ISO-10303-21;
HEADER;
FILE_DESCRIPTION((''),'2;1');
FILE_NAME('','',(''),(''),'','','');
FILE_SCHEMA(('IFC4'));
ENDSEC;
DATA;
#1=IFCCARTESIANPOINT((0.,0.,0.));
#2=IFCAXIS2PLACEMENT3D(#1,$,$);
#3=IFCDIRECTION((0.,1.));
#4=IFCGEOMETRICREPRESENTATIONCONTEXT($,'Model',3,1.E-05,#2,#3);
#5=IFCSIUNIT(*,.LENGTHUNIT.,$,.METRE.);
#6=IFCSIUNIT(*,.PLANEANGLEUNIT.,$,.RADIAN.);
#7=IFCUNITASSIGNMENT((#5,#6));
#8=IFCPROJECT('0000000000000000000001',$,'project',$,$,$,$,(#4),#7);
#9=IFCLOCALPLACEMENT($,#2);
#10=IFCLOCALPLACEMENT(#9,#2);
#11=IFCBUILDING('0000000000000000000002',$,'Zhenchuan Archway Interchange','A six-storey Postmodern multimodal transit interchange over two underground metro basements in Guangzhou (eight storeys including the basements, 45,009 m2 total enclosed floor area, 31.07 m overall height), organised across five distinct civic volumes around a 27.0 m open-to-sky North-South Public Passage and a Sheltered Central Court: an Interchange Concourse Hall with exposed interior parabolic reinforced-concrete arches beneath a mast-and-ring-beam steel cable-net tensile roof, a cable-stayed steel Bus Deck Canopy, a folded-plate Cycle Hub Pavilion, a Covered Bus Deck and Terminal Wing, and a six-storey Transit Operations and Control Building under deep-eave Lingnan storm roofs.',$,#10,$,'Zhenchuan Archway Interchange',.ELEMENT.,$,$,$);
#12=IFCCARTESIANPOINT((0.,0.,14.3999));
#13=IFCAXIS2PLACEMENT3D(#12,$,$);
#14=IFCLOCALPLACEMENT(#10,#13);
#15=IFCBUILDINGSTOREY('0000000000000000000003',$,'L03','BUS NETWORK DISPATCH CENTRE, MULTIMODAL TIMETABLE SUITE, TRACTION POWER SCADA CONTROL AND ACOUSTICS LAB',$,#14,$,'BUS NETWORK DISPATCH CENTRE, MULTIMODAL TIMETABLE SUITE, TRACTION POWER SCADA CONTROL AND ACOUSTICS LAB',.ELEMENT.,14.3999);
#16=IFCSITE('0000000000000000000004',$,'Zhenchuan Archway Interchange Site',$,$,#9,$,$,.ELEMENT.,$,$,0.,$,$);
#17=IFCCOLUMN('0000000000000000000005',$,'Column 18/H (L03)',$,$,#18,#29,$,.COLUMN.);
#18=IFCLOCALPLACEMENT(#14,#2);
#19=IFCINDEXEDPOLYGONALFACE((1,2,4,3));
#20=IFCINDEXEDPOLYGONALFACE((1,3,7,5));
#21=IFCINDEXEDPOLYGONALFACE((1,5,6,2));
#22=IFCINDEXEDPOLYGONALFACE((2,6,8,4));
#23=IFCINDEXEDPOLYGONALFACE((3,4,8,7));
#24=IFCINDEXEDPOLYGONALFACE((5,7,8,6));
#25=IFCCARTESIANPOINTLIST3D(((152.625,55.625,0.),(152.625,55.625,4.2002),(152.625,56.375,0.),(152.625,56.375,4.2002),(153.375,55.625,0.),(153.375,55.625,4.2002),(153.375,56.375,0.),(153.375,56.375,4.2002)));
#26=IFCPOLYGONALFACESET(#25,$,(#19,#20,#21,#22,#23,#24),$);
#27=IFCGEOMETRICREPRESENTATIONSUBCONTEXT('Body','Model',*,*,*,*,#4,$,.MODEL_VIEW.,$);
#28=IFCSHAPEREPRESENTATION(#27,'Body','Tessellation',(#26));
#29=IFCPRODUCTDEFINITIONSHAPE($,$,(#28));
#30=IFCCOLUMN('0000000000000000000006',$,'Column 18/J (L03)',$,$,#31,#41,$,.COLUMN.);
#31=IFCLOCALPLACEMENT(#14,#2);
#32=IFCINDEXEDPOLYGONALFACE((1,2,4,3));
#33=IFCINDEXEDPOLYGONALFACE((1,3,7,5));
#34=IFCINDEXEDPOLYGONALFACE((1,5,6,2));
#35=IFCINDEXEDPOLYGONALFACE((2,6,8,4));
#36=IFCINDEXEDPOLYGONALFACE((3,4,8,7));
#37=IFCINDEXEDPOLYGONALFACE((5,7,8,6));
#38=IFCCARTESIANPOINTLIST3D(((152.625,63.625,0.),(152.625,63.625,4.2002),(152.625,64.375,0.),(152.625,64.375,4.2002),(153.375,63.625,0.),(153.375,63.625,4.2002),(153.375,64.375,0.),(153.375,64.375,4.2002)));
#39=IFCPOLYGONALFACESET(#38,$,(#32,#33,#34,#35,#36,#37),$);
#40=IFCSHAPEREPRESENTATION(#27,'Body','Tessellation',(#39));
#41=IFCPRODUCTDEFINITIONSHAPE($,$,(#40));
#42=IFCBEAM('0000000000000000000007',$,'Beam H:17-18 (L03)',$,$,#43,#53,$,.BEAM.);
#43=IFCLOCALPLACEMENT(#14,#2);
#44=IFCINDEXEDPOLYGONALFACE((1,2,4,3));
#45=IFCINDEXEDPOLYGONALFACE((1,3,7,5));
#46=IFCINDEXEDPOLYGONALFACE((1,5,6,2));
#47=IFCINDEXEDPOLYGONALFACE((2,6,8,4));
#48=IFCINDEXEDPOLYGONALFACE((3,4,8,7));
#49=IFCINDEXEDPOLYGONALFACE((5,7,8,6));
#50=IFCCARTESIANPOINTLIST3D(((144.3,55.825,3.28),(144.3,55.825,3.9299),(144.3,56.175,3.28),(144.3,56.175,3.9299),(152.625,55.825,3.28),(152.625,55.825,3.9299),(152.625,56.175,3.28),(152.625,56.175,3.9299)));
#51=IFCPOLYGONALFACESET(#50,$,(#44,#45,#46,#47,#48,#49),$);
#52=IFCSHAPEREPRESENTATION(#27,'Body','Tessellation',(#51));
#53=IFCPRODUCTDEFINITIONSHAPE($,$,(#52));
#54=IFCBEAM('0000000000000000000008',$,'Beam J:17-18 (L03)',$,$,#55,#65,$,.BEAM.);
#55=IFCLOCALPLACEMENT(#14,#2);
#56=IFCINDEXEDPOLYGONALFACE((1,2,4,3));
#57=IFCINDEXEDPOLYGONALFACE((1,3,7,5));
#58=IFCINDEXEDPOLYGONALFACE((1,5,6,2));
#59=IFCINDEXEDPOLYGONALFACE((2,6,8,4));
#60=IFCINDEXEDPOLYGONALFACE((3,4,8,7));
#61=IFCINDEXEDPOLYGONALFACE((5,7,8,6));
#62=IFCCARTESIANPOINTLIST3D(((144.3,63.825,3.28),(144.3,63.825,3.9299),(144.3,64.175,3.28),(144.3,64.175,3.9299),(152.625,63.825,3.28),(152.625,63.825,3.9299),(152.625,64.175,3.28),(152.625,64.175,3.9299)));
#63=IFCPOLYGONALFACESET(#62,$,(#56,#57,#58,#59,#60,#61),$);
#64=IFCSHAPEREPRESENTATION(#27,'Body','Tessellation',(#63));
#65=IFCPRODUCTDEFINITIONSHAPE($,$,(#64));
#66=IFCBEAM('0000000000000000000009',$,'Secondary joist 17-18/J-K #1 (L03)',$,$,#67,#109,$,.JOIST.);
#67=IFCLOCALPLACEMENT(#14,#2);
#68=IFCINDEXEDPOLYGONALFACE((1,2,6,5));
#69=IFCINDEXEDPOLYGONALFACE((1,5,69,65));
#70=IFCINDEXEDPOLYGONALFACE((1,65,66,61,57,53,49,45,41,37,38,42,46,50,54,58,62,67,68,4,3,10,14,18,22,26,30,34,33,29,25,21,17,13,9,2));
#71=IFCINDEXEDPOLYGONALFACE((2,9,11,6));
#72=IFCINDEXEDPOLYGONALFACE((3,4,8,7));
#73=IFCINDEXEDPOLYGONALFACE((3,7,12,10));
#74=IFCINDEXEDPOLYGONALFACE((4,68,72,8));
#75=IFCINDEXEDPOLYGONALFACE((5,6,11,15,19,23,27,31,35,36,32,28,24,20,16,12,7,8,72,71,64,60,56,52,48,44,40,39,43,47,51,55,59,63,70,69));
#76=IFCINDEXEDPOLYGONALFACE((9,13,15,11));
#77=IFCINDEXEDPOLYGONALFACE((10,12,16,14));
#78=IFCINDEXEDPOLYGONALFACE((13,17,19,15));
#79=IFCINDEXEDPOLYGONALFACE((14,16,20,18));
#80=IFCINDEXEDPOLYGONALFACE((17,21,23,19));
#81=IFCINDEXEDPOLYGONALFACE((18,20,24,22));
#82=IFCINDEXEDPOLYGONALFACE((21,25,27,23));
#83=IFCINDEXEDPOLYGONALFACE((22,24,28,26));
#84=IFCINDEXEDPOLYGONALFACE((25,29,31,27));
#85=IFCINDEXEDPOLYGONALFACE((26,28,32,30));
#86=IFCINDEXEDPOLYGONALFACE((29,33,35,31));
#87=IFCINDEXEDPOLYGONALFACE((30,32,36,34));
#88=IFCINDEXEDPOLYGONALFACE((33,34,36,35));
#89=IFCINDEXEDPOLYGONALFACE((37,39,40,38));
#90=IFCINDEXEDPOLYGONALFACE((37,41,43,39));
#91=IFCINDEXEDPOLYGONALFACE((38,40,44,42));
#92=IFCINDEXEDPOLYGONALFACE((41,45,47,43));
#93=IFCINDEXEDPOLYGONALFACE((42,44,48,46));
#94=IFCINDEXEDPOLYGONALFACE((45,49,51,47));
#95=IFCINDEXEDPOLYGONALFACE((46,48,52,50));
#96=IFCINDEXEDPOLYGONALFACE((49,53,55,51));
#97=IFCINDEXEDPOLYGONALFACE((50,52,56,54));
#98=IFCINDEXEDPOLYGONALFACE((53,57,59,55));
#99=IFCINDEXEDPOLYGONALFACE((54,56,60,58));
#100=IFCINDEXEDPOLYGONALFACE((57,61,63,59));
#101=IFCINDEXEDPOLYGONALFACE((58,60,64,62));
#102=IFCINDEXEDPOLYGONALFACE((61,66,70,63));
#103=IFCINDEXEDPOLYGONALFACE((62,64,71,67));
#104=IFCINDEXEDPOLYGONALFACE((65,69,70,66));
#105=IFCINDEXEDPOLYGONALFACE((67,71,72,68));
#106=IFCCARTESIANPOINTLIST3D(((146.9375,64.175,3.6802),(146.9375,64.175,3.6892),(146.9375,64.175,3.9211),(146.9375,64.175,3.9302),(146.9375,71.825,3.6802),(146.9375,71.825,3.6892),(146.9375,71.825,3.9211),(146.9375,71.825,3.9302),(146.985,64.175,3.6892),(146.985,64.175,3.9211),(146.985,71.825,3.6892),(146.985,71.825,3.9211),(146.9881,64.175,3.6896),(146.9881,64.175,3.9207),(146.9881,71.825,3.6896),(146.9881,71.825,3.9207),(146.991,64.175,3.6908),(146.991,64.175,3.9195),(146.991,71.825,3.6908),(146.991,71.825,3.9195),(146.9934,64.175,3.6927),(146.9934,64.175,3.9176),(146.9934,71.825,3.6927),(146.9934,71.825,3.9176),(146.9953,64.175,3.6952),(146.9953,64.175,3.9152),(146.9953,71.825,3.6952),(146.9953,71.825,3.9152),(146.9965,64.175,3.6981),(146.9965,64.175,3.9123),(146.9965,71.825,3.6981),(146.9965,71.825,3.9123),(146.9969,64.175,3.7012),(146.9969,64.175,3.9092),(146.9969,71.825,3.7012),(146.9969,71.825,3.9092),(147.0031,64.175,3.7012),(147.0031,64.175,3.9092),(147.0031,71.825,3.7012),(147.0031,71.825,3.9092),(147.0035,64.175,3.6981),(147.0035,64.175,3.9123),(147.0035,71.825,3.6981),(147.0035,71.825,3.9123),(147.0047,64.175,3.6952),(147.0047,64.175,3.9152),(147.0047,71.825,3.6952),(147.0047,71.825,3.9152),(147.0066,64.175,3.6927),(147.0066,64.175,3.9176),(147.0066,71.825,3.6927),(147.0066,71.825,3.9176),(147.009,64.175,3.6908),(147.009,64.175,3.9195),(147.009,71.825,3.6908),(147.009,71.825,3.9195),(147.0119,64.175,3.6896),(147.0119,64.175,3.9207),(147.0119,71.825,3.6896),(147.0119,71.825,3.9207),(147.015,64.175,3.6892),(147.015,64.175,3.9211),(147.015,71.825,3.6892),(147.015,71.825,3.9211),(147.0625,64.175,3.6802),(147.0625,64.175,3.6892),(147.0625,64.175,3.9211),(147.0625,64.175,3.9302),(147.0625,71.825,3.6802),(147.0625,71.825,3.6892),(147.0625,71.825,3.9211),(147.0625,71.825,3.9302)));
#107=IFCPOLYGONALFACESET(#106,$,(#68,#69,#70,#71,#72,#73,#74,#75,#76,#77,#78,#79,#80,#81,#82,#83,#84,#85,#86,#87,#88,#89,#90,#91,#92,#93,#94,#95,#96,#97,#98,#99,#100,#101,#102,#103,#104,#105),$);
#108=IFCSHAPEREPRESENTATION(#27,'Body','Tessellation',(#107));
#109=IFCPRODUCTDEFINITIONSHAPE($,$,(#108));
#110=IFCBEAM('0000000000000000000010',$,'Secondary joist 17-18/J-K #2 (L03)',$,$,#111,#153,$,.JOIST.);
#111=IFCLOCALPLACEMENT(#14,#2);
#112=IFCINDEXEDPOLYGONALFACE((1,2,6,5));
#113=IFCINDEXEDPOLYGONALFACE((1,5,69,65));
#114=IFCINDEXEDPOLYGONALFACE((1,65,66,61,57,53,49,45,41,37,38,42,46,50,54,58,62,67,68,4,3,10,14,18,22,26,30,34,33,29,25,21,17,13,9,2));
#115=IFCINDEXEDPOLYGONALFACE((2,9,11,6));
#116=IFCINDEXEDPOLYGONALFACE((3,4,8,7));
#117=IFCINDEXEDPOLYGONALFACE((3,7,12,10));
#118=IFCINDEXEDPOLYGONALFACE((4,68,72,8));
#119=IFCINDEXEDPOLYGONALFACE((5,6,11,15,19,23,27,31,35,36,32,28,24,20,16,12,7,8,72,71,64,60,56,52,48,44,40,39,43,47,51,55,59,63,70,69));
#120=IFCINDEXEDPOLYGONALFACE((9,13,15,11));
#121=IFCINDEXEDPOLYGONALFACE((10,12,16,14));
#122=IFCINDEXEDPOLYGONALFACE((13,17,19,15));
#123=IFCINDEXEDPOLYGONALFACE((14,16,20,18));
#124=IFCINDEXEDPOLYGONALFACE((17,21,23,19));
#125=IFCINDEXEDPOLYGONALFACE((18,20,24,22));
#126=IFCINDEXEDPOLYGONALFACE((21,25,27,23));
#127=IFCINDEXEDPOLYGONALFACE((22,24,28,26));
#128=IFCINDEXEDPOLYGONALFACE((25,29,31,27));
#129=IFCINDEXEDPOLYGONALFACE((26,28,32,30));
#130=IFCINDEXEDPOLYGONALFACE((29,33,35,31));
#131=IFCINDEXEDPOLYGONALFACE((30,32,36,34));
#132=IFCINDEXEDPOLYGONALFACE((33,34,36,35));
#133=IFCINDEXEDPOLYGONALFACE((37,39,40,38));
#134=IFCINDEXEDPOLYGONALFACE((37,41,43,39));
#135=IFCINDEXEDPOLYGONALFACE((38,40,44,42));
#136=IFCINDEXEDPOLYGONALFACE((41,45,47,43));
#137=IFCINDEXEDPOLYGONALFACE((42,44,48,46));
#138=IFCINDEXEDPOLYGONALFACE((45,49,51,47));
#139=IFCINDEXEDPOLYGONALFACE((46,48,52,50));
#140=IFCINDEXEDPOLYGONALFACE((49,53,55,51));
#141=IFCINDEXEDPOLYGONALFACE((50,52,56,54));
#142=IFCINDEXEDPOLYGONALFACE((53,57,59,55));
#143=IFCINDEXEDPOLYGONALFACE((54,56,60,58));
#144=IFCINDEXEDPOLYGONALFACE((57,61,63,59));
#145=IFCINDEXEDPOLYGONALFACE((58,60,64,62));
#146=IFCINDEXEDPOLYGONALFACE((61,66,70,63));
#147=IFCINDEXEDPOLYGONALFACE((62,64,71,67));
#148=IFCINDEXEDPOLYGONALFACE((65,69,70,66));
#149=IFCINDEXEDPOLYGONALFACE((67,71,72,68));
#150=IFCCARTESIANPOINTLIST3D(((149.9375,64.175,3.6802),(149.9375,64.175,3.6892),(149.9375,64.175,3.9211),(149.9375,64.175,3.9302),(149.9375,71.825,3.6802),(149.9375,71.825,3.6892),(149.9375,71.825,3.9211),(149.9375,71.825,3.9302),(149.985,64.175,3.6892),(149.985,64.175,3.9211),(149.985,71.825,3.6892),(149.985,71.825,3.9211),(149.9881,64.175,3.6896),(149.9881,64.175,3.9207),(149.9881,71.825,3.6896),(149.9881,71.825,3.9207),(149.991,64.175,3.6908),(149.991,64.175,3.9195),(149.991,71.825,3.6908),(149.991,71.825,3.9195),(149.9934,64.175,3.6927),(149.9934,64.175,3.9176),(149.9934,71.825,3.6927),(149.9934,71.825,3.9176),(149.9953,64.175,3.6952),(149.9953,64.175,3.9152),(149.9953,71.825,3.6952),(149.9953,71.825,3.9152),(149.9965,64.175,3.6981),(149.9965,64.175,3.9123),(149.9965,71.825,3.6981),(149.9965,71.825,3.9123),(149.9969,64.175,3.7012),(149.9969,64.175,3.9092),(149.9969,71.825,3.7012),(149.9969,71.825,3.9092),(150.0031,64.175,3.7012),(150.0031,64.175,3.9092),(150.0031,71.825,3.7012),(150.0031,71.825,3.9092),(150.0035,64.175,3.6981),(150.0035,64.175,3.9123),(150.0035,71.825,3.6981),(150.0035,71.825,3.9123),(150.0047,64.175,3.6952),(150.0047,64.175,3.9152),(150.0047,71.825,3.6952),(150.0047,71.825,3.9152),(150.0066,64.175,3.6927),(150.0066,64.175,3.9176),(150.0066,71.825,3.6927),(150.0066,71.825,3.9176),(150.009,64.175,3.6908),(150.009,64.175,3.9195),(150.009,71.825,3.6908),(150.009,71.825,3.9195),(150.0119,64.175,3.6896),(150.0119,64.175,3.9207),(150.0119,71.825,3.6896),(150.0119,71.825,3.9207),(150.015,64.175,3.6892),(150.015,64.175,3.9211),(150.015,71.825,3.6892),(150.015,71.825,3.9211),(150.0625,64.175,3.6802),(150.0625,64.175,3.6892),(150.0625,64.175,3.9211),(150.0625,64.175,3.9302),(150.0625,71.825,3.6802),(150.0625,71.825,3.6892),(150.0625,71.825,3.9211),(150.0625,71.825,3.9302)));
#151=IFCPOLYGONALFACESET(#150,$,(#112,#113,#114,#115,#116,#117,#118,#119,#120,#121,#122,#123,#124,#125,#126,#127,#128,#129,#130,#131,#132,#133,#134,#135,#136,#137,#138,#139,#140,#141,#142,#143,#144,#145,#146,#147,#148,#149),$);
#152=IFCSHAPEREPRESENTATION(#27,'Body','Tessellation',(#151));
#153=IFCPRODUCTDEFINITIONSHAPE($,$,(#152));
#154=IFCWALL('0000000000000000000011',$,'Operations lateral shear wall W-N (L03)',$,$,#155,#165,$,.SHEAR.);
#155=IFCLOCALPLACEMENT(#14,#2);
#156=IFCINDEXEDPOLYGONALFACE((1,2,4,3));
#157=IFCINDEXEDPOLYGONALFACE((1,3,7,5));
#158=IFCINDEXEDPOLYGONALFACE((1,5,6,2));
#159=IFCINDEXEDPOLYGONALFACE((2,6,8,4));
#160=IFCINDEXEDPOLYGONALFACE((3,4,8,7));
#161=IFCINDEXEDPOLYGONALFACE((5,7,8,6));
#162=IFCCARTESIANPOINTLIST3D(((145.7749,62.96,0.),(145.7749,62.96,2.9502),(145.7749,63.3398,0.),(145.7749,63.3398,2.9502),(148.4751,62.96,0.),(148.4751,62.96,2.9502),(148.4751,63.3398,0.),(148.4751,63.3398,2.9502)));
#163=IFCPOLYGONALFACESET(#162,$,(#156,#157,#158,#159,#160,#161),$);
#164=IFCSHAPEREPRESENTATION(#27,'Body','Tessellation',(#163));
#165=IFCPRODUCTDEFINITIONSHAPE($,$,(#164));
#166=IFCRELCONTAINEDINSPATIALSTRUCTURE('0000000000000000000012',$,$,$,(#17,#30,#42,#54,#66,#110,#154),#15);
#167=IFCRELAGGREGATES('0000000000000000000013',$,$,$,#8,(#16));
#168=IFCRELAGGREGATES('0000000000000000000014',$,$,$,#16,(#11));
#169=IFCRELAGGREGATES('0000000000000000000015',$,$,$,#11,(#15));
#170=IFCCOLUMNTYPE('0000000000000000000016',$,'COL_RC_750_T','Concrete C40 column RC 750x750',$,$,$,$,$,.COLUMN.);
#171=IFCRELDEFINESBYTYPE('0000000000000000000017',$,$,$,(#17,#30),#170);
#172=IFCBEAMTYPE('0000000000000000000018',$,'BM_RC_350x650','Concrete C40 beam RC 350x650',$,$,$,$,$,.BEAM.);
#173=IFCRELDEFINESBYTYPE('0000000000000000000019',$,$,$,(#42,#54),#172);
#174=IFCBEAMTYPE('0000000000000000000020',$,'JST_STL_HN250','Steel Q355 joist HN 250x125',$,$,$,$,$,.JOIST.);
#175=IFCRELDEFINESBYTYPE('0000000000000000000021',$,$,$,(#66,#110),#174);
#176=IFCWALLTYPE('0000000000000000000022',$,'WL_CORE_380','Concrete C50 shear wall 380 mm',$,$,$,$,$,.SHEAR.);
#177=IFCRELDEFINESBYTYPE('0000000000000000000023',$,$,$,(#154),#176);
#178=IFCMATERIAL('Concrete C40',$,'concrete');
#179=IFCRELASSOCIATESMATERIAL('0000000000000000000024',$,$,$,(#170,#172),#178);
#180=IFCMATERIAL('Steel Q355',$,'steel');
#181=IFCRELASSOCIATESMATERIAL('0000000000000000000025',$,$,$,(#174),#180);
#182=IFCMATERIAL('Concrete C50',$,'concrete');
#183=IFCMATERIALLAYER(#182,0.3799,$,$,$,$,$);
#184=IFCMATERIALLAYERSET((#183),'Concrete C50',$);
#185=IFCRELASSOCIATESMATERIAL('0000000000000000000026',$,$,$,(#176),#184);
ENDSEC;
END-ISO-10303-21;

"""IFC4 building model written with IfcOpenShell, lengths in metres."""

from ifc_helpers import new_model, si_unit, direction, frame, frame_2d, origin, origin_2d, place, context, subcontext, project, spatial, rectangle, i_section, extrude, material, layer, layer_set, material_profile, profile_set, type_object, element, save


model = new_model("IFC4")

# Units and contexts
model_context = context("Model", 3, precision=1e-05, world=origin(), true_north=direction((0.0, 1.0)))
body_context = subcontext(model_context, "Body", "Model", "MODEL_VIEW")
ifc_project = project(units=[si_unit("LENGTHUNIT", "METRE"), si_unit("PLANEANGLEUNIT", "RADIAN")], contexts=[model_context])

# Site, building, storey
site_placement = place(None, origin())
site = spatial("IfcSite", under=ifc_project, at=site_placement, Name="Zhenchuan Archway Interchange Site", CompositionType="ELEMENT", RefElevation=0.0)
building_placement = place(site_placement, origin())
building = spatial("IfcBuilding", under=site, at=building_placement, Name="Zhenchuan Archway Interchange", Description="A six-storey Postmodern multimodal transit interchange over two underground metro basements in Guangzhou (eight storeys including the basements, 45,009 m2 total enclosed floor area, 31.07 m overall height), organised across five distinct civic volumes around a 27.0 m open-to-sky North-South Public Passage and a Sheltered Central Court: an Interchange Concourse Hall with exposed interior parabolic reinforced-concrete arches beneath a mast-and-ring-beam steel cable-net tensile roof, a cable-stayed steel Bus Deck Canopy, a folded-plate Cycle Hub Pavilion, a Covered Bus Deck and Terminal Wing, and a six-storey Transit Operations and Control Building under deep-eave Lingnan storm roofs.", LongName="Zhenchuan Archway Interchange", CompositionType="ELEMENT")
storey_placement = place(building_placement, frame((0.0, 0.0, 14.3999)))
storey = spatial("IfcBuildingStorey", under=building, at=storey_placement, Name="L03", Description="BUS NETWORK DISPATCH CENTRE, MULTIMODAL TIMETABLE SUITE, TRACTION POWER SCADA CONTROL AND ACOUSTICS LAB", LongName="BUS NETWORK DISPATCH CENTRE, MULTIMODAL TIMETABLE SUITE, TRACTION POWER SCADA CONTROL AND ACOUSTICS LAB", CompositionType="ELEMENT", Elevation=14.3999)

# Columns
ifc_material_1 = material(Name="Concrete C40", Category="concrete")
ifc_material_profile_1 = material_profile(ifc_material_1, rectangle(XDim=0.75, YDim=0.75, at=origin_2d()), Name="RC 750x750")
ifc_profile_set_1 = profile_set([ifc_material_profile_1], Name="Concrete C40")
column_type = type_object("IfcColumnType", Name="COL_RC_750_T", Description="Concrete C40 column RC 750x750", PredefinedType="COLUMN", material=ifc_profile_set_1)
for number, where, z_axis, x_axis, name in (
    (1, (153.0, 56.0, 0.0), (0.0, 0.0, 1.0), (1.0, 0.0, 0.0), "Column 18/H (L03)"),
    (2, (153.0, 64.0, 0.0), (0.0, 0.0, 1.0), (1.0, 0.0, 0.0), "Column 18/J (L03)"),
):
    element("IfcColumn", number, at=place(storey_placement, frame(where, z_axis=z_axis, x_axis=x_axis)), inside=storey, type_object=column_type, Name=name, PredefinedType="COLUMN", context=body_context, shape_type="SweptSolid", body=[
        extrude(rectangle(XDim=0.75, YDim=0.75, at=origin_2d()), origin(), (0.0, 0.0, 1.0), 4.2002),
    ])

# Beams
ifc_material_profile_2 = material_profile(ifc_material_1, rectangle(XDim=0.3501, YDim=0.6499, at=origin_2d()), Name="RC 350x650")
ifc_profile_set_2 = profile_set([ifc_material_profile_2], Name="Concrete C40")
beam_type_1 = type_object("IfcBeamType", Name="BM_RC_350x650", Description="Concrete C40 beam RC 350x650", PredefinedType="BEAM", material=ifc_profile_set_2)
for number, where, z_axis, x_axis, name in (
    (3, (144.3, 56.0, 3.605), (1.0, 0.0, 0.0), (0.0, 1.0, 0.0), "Beam H:17-18 (L03)"),
    (4, (144.3, 64.0, 3.605), (1.0, 0.0, 0.0), (0.0, 1.0, 0.0), "Beam J:17-18 (L03)"),
):
    element("IfcBeam", number, at=place(storey_placement, frame(where, z_axis=z_axis, x_axis=x_axis)), inside=storey, type_object=beam_type_1, Name=name, PredefinedType="BEAM", context=body_context, shape_type="SweptSolid", body=[
        extrude(rectangle(XDim=0.3501, YDim=0.6499, at=origin_2d()), origin(), (0.0, 0.0, 1.0), 8.325),
    ])
ifc_material_2 = material(Name="Steel Q355", Category="steel")
ifc_material_profile_3 = material_profile(ifc_material_2, i_section(OverallWidth=0.125, OverallDepth=0.25, WebThickness=0.0061, FlangeThickness=0.009, FilletRadius=0.012, at=origin_2d()), Name="HN 250x125")
ifc_profile_set_3 = profile_set([ifc_material_profile_3], Name="Steel Q355")
beam_type_2 = type_object("IfcBeamType", Name="JST_STL_HN250", Description="Steel Q355 joist HN 250x125", PredefinedType="JOIST", material=ifc_profile_set_3)
for number, where, z_axis, x_axis, name in (
    (5, (147.0, 64.175, 3.8052), (0.0, 1.0, 0.0), (-1.0, 0.0, 0.0), "Secondary joist 17-18/J-K #1 (L03)"),
    (6, (150.0, 64.175, 3.8052), (0.0, 1.0, 0.0), (-1.0, 0.0, 0.0), "Secondary joist 17-18/J-K #2 (L03)"),
):
    element("IfcBeam", number, at=place(storey_placement, frame(where, z_axis=z_axis, x_axis=x_axis)), inside=storey, type_object=beam_type_2, Name=name, PredefinedType="JOIST", context=body_context, shape_type="SweptSolid", body=[
        extrude(i_section(OverallWidth=0.125, OverallDepth=0.25, WebThickness=0.0061, FlangeThickness=0.009, FilletRadius=0.012, at=origin_2d()), origin(), (0.0, 0.0, 1.0), 7.6499),
    ])

# Wall
ifc_material_3 = material(Name="Concrete C50", Category="concrete")
ifc_layer_1 = layer(ifc_material_3, 0.3799)
ifc_layer_set_1 = layer_set([ifc_layer_1], Name="Concrete C50")
wall_type_1 = type_object("IfcWallType", Name="WL_CORE_380", Description="Concrete C50 shear wall 380 mm", PredefinedType="SHEAR", material=ifc_layer_set_1)
wall_1_placement = place(storey_placement, frame((145.7749, 63.1499, 0.0), z_axis=(0.0, 0.0, 1.0), x_axis=(1.0, 0.0, 0.0)))
element("IfcWall", 7, at=wall_1_placement, inside=storey, type_object=wall_type_1, Name="Operations lateral shear wall W-N (L03)", PredefinedType="SHEAR", context=body_context, shape_type="SweptSolid", body=[
    extrude(rectangle(XDim=2.7002, YDim=0.3799, at=frame_2d((1.3501, 0.0))), origin(), (0.0, 0.0, 1.0), 2.9502),
])

save(model, "model.ifc")
